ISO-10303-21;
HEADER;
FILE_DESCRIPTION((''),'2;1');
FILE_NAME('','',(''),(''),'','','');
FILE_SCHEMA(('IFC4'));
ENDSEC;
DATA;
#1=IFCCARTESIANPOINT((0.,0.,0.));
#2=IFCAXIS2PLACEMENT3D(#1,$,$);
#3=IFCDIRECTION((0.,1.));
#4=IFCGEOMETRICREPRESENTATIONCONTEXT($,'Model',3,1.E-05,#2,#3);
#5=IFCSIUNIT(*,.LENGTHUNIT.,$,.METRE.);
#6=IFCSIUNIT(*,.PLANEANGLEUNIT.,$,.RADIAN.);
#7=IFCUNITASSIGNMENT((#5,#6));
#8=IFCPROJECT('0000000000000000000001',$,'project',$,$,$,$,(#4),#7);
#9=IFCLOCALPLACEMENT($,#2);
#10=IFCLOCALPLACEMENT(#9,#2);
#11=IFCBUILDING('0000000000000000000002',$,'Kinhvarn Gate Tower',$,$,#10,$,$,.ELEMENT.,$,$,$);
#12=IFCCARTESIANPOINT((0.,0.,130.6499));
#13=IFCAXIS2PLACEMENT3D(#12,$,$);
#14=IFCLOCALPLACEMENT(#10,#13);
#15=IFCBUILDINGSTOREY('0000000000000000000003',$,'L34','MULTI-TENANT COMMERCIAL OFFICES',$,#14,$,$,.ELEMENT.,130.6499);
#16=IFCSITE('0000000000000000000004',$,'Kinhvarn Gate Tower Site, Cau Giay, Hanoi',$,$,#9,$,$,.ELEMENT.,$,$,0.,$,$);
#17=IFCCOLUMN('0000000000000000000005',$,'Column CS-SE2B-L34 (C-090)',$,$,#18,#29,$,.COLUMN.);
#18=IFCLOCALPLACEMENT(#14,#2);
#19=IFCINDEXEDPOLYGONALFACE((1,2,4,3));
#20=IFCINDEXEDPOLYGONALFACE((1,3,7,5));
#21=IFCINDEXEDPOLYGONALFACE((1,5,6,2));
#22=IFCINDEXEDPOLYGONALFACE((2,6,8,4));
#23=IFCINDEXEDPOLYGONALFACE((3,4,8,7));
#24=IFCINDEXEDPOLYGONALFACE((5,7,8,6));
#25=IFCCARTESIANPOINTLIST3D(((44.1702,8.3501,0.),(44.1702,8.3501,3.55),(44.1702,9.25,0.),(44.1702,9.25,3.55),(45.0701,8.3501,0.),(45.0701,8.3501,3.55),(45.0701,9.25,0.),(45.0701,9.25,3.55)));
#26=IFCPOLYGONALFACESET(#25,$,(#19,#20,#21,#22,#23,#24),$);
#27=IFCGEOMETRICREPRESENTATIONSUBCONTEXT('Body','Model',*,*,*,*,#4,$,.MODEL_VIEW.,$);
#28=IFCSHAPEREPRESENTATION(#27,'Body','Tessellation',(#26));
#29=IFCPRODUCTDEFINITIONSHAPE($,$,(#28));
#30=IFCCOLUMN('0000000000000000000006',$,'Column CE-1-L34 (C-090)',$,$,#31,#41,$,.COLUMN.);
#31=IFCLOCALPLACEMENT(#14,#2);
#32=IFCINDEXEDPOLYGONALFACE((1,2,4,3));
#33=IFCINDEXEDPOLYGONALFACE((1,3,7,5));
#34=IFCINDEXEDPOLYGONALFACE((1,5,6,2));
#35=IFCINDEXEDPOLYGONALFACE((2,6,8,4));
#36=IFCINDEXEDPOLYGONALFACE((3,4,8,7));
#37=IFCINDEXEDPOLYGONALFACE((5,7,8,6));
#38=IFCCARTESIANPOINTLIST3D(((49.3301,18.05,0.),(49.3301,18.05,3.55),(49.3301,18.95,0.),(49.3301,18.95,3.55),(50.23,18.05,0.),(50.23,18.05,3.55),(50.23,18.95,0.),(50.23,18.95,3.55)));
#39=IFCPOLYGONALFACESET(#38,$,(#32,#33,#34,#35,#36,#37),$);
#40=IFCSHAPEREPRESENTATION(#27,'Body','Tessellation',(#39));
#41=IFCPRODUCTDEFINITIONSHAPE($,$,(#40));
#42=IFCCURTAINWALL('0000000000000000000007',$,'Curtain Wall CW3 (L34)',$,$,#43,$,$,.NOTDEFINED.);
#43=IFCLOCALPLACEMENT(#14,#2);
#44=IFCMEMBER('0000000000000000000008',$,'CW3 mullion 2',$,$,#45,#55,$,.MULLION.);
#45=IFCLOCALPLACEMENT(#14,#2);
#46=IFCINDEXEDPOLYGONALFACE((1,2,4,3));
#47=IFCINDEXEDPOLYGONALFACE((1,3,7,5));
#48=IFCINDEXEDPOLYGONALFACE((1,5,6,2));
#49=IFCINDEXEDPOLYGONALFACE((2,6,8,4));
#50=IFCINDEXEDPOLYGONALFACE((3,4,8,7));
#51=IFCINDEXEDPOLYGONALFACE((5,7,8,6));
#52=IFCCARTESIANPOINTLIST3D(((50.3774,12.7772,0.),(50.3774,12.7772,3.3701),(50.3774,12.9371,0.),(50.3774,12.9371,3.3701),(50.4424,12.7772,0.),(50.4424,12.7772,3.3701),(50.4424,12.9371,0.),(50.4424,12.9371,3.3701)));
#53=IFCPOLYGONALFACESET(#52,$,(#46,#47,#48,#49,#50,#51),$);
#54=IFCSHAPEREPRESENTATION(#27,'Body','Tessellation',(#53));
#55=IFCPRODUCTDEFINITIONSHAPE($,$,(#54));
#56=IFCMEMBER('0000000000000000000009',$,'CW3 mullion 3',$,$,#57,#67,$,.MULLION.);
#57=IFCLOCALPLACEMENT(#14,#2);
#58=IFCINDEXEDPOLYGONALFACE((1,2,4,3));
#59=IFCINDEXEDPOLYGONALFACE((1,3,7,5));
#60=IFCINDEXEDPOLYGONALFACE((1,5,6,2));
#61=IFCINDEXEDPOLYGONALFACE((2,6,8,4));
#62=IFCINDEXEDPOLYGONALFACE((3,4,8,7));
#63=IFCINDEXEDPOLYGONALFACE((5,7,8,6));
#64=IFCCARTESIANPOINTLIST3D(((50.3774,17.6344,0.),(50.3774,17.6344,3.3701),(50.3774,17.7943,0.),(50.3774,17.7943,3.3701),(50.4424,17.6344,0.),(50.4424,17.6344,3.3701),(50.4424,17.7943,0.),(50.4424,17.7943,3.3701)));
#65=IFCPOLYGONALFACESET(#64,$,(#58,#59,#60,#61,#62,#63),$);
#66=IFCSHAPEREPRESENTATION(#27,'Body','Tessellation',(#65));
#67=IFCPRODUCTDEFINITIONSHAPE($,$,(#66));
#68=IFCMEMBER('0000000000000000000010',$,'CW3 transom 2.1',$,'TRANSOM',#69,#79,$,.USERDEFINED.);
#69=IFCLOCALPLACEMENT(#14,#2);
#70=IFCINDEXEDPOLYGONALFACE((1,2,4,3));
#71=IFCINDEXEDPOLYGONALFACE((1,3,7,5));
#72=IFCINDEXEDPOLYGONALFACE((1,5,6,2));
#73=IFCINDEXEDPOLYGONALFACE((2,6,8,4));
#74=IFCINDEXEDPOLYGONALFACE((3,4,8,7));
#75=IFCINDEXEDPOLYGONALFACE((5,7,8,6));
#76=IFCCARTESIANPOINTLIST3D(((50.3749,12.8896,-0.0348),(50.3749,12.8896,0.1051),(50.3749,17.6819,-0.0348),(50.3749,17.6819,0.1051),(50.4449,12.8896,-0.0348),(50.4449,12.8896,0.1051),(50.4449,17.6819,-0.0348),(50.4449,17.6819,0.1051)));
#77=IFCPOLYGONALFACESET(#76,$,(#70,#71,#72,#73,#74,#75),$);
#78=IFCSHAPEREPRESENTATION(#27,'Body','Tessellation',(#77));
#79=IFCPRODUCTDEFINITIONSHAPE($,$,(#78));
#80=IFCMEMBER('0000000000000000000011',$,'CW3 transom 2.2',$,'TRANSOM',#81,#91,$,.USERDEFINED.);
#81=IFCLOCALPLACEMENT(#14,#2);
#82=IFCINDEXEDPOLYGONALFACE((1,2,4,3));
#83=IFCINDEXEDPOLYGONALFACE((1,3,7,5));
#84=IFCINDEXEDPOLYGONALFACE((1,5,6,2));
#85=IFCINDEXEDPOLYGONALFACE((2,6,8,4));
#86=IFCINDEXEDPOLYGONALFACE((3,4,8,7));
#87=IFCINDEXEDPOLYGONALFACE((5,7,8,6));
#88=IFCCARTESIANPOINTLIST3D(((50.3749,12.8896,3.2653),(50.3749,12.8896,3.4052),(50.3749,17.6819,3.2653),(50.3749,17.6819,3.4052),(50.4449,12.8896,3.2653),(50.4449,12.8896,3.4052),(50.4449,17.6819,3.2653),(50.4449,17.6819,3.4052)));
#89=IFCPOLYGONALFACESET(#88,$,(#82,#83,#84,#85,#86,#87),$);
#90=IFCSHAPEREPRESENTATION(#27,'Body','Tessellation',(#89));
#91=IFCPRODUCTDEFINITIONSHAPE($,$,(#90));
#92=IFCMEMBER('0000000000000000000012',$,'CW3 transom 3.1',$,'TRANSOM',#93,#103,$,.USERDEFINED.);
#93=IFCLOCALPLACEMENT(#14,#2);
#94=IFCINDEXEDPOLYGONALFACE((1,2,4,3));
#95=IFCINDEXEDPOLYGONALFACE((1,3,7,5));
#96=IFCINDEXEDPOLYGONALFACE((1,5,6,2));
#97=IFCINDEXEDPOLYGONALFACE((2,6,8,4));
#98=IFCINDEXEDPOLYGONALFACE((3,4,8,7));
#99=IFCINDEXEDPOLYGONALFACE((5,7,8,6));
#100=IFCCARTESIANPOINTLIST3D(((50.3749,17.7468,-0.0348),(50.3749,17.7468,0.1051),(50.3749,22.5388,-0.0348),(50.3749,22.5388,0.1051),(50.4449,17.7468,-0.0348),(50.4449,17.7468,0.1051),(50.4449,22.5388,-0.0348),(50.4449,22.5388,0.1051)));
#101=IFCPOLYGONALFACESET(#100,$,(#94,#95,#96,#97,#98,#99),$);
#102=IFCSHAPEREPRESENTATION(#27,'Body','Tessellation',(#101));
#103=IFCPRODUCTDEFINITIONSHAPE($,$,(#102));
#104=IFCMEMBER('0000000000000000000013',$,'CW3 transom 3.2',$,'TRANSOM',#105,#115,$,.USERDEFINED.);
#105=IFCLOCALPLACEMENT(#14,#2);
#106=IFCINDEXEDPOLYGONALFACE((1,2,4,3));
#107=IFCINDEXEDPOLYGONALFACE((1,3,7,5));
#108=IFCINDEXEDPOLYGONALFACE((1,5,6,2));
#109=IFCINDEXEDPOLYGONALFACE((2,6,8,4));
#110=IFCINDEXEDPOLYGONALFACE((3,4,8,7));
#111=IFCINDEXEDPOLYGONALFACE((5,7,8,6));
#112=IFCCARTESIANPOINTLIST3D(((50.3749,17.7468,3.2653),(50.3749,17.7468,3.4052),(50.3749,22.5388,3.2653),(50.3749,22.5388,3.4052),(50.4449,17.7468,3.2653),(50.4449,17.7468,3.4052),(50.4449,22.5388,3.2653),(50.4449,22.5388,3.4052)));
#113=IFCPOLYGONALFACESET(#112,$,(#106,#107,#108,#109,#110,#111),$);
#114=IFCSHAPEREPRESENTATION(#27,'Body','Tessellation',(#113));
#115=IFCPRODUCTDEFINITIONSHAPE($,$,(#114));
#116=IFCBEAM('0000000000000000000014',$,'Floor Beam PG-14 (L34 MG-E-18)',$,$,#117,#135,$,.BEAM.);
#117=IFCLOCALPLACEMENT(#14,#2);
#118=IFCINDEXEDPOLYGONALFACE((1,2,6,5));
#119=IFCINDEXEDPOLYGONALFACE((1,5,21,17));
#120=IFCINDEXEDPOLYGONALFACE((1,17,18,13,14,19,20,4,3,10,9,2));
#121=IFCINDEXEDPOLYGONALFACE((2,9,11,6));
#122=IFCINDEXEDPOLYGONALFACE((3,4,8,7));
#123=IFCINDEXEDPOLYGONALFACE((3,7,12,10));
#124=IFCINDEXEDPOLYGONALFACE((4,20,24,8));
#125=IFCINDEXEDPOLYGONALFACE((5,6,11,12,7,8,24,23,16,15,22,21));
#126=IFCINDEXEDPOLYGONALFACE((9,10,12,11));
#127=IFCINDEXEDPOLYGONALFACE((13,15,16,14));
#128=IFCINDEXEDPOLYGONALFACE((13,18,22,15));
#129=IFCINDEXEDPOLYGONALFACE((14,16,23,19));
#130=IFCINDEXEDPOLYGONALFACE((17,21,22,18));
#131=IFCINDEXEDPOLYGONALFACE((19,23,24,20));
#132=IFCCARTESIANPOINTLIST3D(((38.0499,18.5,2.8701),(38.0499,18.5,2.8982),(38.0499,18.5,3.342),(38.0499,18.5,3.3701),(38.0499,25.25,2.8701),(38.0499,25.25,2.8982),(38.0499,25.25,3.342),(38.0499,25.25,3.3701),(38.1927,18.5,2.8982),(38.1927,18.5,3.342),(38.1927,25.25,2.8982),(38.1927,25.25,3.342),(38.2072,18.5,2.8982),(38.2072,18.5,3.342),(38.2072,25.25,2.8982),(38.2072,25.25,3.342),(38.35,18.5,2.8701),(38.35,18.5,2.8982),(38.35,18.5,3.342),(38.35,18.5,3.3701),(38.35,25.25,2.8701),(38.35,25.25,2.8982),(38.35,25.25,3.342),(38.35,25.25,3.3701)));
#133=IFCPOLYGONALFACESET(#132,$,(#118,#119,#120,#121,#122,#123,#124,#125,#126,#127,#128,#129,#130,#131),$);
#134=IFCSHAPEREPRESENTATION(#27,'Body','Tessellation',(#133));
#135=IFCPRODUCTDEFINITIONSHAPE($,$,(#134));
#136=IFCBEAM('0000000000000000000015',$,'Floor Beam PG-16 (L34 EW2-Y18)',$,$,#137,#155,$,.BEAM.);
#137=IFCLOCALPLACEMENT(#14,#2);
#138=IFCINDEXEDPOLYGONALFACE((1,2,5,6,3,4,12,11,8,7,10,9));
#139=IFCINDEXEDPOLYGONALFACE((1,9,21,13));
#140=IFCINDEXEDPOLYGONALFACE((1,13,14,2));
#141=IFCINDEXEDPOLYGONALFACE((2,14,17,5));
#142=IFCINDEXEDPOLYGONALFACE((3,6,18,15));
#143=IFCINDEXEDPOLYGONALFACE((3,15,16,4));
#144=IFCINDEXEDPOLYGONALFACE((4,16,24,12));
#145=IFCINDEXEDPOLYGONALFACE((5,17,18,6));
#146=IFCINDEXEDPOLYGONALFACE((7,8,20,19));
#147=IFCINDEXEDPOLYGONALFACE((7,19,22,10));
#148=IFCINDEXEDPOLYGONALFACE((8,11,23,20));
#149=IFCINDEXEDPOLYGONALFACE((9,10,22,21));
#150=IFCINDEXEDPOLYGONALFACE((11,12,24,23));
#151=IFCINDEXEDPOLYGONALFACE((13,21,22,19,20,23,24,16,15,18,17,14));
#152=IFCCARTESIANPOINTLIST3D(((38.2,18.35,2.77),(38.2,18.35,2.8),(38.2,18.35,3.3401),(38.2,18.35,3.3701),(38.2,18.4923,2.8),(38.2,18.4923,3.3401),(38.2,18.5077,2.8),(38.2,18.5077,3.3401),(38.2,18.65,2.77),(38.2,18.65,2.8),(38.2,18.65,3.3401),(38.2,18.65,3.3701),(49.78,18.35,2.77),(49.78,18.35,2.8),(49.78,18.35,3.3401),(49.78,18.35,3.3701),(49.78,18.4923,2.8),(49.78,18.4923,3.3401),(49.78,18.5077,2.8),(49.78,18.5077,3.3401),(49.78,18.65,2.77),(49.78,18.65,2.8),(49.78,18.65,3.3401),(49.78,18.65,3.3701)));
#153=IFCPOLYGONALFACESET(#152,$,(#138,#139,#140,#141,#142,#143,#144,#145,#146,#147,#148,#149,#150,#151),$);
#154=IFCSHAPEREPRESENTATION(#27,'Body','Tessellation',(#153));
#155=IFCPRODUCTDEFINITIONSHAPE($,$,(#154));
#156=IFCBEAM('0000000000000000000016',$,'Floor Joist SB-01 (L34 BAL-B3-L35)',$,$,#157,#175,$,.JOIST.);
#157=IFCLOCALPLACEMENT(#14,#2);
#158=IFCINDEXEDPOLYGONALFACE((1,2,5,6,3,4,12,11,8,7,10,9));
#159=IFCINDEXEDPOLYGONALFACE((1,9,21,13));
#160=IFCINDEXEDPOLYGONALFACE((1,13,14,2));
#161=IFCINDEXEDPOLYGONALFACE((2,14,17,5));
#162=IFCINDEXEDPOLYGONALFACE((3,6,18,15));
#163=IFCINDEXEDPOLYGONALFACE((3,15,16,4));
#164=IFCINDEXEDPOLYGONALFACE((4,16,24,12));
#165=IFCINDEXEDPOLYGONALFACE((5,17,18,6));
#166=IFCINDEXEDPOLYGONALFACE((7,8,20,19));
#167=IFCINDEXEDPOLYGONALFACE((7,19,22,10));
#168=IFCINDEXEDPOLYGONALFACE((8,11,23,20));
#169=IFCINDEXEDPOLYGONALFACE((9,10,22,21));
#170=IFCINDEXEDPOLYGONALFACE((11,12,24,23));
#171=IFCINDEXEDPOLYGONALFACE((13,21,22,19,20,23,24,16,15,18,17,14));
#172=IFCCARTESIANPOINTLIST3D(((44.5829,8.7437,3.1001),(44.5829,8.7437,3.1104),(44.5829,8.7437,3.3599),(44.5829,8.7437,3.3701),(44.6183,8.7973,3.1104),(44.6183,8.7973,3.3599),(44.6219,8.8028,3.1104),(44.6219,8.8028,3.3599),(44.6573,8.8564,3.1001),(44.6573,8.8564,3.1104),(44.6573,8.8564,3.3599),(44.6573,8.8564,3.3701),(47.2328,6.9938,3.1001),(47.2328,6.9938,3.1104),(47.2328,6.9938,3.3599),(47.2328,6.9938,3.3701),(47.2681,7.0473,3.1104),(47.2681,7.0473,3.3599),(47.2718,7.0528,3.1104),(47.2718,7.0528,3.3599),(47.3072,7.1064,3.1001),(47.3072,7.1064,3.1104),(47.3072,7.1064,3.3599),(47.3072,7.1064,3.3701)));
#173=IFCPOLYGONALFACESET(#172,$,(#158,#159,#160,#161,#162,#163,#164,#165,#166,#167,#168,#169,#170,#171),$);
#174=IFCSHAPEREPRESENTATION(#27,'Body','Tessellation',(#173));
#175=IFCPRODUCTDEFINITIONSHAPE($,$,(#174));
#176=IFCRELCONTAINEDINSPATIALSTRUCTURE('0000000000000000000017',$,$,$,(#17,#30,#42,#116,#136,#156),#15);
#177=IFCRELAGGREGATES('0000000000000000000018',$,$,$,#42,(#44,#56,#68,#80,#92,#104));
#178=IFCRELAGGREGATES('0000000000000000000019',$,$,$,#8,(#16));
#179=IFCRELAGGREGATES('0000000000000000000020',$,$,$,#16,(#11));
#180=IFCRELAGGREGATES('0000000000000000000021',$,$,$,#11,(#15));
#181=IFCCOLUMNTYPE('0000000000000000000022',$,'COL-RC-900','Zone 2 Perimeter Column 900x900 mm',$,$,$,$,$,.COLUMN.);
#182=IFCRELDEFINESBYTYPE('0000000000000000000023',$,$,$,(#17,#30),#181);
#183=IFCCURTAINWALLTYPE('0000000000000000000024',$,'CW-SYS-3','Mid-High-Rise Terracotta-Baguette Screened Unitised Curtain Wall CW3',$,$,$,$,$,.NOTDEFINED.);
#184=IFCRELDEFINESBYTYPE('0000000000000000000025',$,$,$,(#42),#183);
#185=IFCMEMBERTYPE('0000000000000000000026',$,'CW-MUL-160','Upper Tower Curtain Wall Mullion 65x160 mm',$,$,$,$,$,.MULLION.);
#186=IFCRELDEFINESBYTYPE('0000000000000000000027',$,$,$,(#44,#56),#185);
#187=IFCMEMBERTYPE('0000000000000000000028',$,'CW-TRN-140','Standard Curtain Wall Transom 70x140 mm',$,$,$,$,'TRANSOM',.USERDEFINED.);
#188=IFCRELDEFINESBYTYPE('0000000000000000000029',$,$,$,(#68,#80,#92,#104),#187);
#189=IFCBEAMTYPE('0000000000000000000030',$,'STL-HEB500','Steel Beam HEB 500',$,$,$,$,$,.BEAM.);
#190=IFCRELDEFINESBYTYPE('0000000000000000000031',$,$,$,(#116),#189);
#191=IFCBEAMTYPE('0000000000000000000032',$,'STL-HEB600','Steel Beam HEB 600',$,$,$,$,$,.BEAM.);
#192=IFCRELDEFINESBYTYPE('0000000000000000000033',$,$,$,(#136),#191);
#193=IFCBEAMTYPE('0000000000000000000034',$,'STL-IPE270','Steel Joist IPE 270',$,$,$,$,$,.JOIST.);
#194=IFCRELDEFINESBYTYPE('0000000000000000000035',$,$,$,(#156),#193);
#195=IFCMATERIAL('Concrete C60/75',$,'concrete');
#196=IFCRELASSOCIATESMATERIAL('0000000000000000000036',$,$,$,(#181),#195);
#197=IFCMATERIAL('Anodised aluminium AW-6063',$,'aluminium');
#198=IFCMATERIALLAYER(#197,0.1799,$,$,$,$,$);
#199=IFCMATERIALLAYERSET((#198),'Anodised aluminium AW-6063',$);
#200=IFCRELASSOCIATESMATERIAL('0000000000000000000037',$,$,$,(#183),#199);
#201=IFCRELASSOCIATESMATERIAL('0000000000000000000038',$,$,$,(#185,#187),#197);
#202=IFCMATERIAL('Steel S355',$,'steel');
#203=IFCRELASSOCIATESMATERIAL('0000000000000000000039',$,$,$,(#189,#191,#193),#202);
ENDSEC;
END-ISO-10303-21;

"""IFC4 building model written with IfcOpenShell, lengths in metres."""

from ifc_helpers import new_model, si_unit, direction, frame, origin, origin_2d, place, context, subcontext, project, spatial, rectangle, i_section, extrude, material, layer, layer_set, material_profile, profile_set, type_object, element, aggregate, save


model = new_model("IFC4")

# Units and contexts
model_context = context("Model", 3, precision=1e-05, world=origin(), true_north=direction((0.0, 1.0)))
body_context = subcontext(model_context, "Body", "Model", "MODEL_VIEW")
ifc_project = project(units=[si_unit("LENGTHUNIT", "METRE"), si_unit("PLANEANGLEUNIT", "RADIAN")], contexts=[model_context])

# Site, building, storey
site_placement = place(None, origin())
site = spatial("IfcSite", under=ifc_project, at=site_placement, Name="Kinhvarn Gate Tower Site, Cau Giay, Hanoi", CompositionType="ELEMENT", RefElevation=0.0)
building_placement = place(site_placement, origin())
building = spatial("IfcBuilding", under=site, at=building_placement, Name="Kinhvarn Gate Tower", CompositionType="ELEMENT")
storey_placement = place(building_placement, frame((0.0, 0.0, 130.6499)))
storey = spatial("IfcBuildingStorey", under=building, at=storey_placement, Name="L34", Description="MULTI-TENANT COMMERCIAL OFFICES", CompositionType="ELEMENT", Elevation=130.6499)

# Columns
ifc_material_1 = material(Name="Concrete C60/75", Category="concrete")
ifc_material_profile_1 = material_profile(ifc_material_1, rectangle(XDim=0.8999, YDim=0.8999, at=origin_2d()), Name="RC 900x900")
ifc_profile_set_1 = profile_set([ifc_material_profile_1], Name="Concrete C60/75")
column_type = type_object("IfcColumnType", Name="COL-RC-900", Description="Zone 2 Perimeter Column 900x900 mm", PredefinedType="COLUMN", material=ifc_profile_set_1)
for number, where, z_axis, x_axis, name in (
    (1, (44.6201, 8.8, 0.0), (0.0, 0.0, 1.0), (1.0, 0.0, 0.0), "Column CS-SE2B-L34 (C-090)"),
    (2, (49.78, 18.5, 0.0), (0.0, 0.0, 1.0), (1.0, 0.0, 0.0), "Column CE-1-L34 (C-090)"),
):
    element("IfcColumn", number, at=place(storey_placement, frame(where, z_axis=z_axis, x_axis=x_axis)), inside=storey, type_object=column_type, Name=name, PredefinedType="COLUMN", context=body_context, shape_type="SweptSolid", body=[
        extrude(rectangle(XDim=0.8999, YDim=0.8999, at=origin_2d()), origin(), (0.0, 0.0, 1.0), 3.55),
    ])

# Curtain wall, members
ifc_material_2 = material(Name="Anodised aluminium AW-6063", Category="aluminium")
ifc_layer_1 = layer(ifc_material_2, 0.1799)
ifc_layer_set_1 = layer_set([ifc_layer_1], Name="Anodised aluminium AW-6063")
curtain_wall_type = type_object("IfcCurtainWallType", Name="CW-SYS-3", Description="Mid-High-Rise Terracotta-Baguette Screened Unitised Curtain Wall CW3", PredefinedType="NOTDEFINED", material=ifc_layer_set_1)
curtain_wall_placement = place(storey_placement, origin())
curtain_wall = element("IfcCurtainWall", 3, at=curtain_wall_placement, inside=storey, type_object=curtain_wall_type, Name="Curtain Wall CW3 (L34)", PredefinedType="NOTDEFINED")
ifc_material_profile_2 = material_profile(ifc_material_2, rectangle(XDim=0.0649, YDim=0.1599, at=origin_2d()), Name="ALU 65x160")
ifc_profile_set_2 = profile_set([ifc_material_profile_2], Name="Anodised aluminium AW-6063")
member_type_1 = type_object("IfcMemberType", Name="CW-MUL-160", Description="Upper Tower Curtain Wall Mullion 65x160 mm", PredefinedType="MULLION", material=ifc_profile_set_2)
member_1_placement = place(storey_placement, frame((50.4099, 12.8572, 0.0), z_axis=(0.0, 0.0, 1.0), x_axis=(-1.0, 0.0, 0.0)))
member_1 = element("IfcMember", 4, at=member_1_placement, type_object=member_type_1, Name="CW3 mullion 2", PredefinedType="MULLION", context=body_context, shape_type="SweptSolid", body=[
    extrude(rectangle(XDim=0.0649, YDim=0.1599, at=origin_2d()), origin(), (0.0, 0.0, 1.0), 3.3701),
])
member_2_placement = place(storey_placement, frame((50.4099, 17.7144, 0.0), z_axis=(0.0, 0.0, 1.0), x_axis=(-1.0, 0.0, 0.0)))
member_2 = element("IfcMember", 5, at=member_2_placement, type_object=member_type_1, Name="CW3 mullion 3", PredefinedType="MULLION", context=body_context, shape_type="SweptSolid", body=[
    extrude(rectangle(XDim=0.0649, YDim=0.1599, at=origin_2d()), origin(), (0.0, 0.0, 1.0), 3.3701),
])
ifc_material_profile_3 = material_profile(ifc_material_2, rectangle(XDim=0.0701, YDim=0.1399, at=origin_2d()), Name="ALU 70x140")
ifc_profile_set_3 = profile_set([ifc_material_profile_3], Name="Anodised aluminium AW-6063")
member_type_2 = type_object("IfcMemberType", Name="CW-TRN-140", Description="Standard Curtain Wall Transom 70x140 mm", ElementType="TRANSOM", PredefinedType="USERDEFINED", material=ifc_profile_set_3)
member_3_placement = place(storey_placement, frame((50.4099, 12.8896, 0.0352), z_axis=(0.0, 1.0, 0.0), x_axis=(-1.0, 0.0, 0.0)))
member_3 = element("IfcMember", 6, at=member_3_placement, type_object=member_type_2, Name="CW3 transom 2.1", ObjectType="TRANSOM", PredefinedType="USERDEFINED", context=body_context, shape_type="SweptSolid", body=[
    extrude(rectangle(XDim=0.0701, YDim=0.1399, at=origin_2d()), origin(), (0.0, 0.0, 1.0), 4.7922),
])
member_4_placement = place(storey_placement, frame((50.4099, 12.8896, 3.3352), z_axis=(0.0, 1.0, 0.0), x_axis=(-1.0, 0.0, 0.0)))
member_4 = element("IfcMember", 7, at=member_4_placement, type_object=member_type_2, Name="CW3 transom 2.2", ObjectType="TRANSOM", PredefinedType="USERDEFINED", context=body_context, shape_type="SweptSolid", body=[
    extrude(rectangle(XDim=0.0701, YDim=0.1399, at=origin_2d()), origin(), (0.0, 0.0, 1.0), 4.7922),
])
member_5_placement = place(storey_placement, frame((50.4099, 17.7468, 0.0352), z_axis=(0.0, 1.0, 0.0), x_axis=(-1.0, 0.0, 0.0)))
member_5 = element("IfcMember", 8, at=member_5_placement, type_object=member_type_2, Name="CW3 transom 3.1", ObjectType="TRANSOM", PredefinedType="USERDEFINED", context=body_context, shape_type="SweptSolid", body=[
    extrude(rectangle(XDim=0.0701, YDim=0.1399, at=origin_2d()), origin(), (0.0, 0.0, 1.0), 4.792),
])
member_6_placement = place(storey_placement, frame((50.4099, 17.7468, 3.3352), z_axis=(0.0, 1.0, 0.0), x_axis=(-1.0, 0.0, 0.0)))
member_6 = element("IfcMember", 9, at=member_6_placement, type_object=member_type_2, Name="CW3 transom 3.2", ObjectType="TRANSOM", PredefinedType="USERDEFINED", context=body_context, shape_type="SweptSolid", body=[
    extrude(rectangle(XDim=0.0701, YDim=0.1399, at=origin_2d()), origin(), (0.0, 0.0, 1.0), 4.792),
])

# Beams
ifc_material_3 = material(Name="Steel S355", Category="steel")
ifc_material_profile_4 = material_profile(ifc_material_3, i_section(OverallWidth=0.3, OverallDepth=0.5, WebThickness=0.0144, FlangeThickness=0.0281, at=origin_2d()), Name="HEB 500")
ifc_profile_set_4 = profile_set([ifc_material_profile_4], Name="Steel S355")
beam_type_1 = type_object("IfcBeamType", Name="STL-HEB500", Description="Steel Beam HEB 500", PredefinedType="BEAM", material=ifc_profile_set_4)
beam_1_placement = place(storey_placement, frame((38.2, 18.5, 3.1201), z_axis=(0.0, 1.0, 0.0), x_axis=(-1.0, 0.0, 0.0)))
element("IfcBeam", 10, at=beam_1_placement, inside=storey, type_object=beam_type_1, Name="Floor Beam PG-14 (L34 MG-E-18)", PredefinedType="BEAM", context=body_context, shape_type="SweptSolid", body=[
    extrude(i_section(OverallWidth=0.3, OverallDepth=0.5, WebThickness=0.0144, FlangeThickness=0.0281, at=origin_2d()), origin(), (0.0, 0.0, 1.0), 6.75),
])
ifc_material_profile_5 = material_profile(ifc_material_3, i_section(OverallWidth=0.3, OverallDepth=0.6001, WebThickness=0.0154, FlangeThickness=0.03, at=origin_2d()), Name="HEB 600")
ifc_profile_set_5 = profile_set([ifc_material_profile_5], Name="Steel S355")
beam_type_2 = type_object("IfcBeamType", Name="STL-HEB600", Description="Steel Beam HEB 600", PredefinedType="BEAM", material=ifc_profile_set_5)
beam_2_placement = place(storey_placement, frame((38.2, 18.5, 3.0701), z_axis=(1.0, 0.0, 0.0), x_axis=(0.0, 1.0, 0.0)))
element("IfcBeam", 11, at=beam_2_placement, inside=storey, type_object=beam_type_2, Name="Floor Beam PG-16 (L34 EW2-Y18)", PredefinedType="BEAM", context=body_context, shape_type="SweptSolid", body=[
    extrude(i_section(OverallWidth=0.3, OverallDepth=0.6001, WebThickness=0.0154, FlangeThickness=0.03, at=origin_2d()), origin(), (0.0, 0.0, 1.0), 11.5801),
])
ifc_material_profile_6 = material_profile(ifc_material_3, i_section(OverallWidth=0.135, OverallDepth=0.27, WebThickness=0.0066, FlangeThickness=0.0103, at=origin_2d()), Name="IPE 270")
ifc_profile_set_6 = profile_set([ifc_material_profile_6], Name="Steel S355")
beam_type_3 = type_object("IfcBeamType", Name="STL-IPE270", Description="Steel Joist IPE 270", PredefinedType="JOIST", material=ifc_profile_set_6)
beam_3_placement = place(storey_placement, frame((44.6201, 8.8, 3.2351), z_axis=(0.834455, -0.551076, 0.0), x_axis=(0.551076, 0.834455, 0.0)))
element("IfcBeam", 12, at=beam_3_placement, inside=storey, type_object=beam_type_3, Name="Floor Joist SB-01 (L34 BAL-B3-L35)", PredefinedType="JOIST", context=body_context, shape_type="SweptSolid", body=[
    extrude(i_section(OverallWidth=0.135, OverallDepth=0.27, WebThickness=0.0066, FlangeThickness=0.0103, at=origin_2d()), origin(), (0.0, 0.0, 1.0), 3.1755),
])

aggregate(curtain_wall, [member_1, member_2, member_3, member_4, member_5, member_6])

save(model, "model.ifc")
